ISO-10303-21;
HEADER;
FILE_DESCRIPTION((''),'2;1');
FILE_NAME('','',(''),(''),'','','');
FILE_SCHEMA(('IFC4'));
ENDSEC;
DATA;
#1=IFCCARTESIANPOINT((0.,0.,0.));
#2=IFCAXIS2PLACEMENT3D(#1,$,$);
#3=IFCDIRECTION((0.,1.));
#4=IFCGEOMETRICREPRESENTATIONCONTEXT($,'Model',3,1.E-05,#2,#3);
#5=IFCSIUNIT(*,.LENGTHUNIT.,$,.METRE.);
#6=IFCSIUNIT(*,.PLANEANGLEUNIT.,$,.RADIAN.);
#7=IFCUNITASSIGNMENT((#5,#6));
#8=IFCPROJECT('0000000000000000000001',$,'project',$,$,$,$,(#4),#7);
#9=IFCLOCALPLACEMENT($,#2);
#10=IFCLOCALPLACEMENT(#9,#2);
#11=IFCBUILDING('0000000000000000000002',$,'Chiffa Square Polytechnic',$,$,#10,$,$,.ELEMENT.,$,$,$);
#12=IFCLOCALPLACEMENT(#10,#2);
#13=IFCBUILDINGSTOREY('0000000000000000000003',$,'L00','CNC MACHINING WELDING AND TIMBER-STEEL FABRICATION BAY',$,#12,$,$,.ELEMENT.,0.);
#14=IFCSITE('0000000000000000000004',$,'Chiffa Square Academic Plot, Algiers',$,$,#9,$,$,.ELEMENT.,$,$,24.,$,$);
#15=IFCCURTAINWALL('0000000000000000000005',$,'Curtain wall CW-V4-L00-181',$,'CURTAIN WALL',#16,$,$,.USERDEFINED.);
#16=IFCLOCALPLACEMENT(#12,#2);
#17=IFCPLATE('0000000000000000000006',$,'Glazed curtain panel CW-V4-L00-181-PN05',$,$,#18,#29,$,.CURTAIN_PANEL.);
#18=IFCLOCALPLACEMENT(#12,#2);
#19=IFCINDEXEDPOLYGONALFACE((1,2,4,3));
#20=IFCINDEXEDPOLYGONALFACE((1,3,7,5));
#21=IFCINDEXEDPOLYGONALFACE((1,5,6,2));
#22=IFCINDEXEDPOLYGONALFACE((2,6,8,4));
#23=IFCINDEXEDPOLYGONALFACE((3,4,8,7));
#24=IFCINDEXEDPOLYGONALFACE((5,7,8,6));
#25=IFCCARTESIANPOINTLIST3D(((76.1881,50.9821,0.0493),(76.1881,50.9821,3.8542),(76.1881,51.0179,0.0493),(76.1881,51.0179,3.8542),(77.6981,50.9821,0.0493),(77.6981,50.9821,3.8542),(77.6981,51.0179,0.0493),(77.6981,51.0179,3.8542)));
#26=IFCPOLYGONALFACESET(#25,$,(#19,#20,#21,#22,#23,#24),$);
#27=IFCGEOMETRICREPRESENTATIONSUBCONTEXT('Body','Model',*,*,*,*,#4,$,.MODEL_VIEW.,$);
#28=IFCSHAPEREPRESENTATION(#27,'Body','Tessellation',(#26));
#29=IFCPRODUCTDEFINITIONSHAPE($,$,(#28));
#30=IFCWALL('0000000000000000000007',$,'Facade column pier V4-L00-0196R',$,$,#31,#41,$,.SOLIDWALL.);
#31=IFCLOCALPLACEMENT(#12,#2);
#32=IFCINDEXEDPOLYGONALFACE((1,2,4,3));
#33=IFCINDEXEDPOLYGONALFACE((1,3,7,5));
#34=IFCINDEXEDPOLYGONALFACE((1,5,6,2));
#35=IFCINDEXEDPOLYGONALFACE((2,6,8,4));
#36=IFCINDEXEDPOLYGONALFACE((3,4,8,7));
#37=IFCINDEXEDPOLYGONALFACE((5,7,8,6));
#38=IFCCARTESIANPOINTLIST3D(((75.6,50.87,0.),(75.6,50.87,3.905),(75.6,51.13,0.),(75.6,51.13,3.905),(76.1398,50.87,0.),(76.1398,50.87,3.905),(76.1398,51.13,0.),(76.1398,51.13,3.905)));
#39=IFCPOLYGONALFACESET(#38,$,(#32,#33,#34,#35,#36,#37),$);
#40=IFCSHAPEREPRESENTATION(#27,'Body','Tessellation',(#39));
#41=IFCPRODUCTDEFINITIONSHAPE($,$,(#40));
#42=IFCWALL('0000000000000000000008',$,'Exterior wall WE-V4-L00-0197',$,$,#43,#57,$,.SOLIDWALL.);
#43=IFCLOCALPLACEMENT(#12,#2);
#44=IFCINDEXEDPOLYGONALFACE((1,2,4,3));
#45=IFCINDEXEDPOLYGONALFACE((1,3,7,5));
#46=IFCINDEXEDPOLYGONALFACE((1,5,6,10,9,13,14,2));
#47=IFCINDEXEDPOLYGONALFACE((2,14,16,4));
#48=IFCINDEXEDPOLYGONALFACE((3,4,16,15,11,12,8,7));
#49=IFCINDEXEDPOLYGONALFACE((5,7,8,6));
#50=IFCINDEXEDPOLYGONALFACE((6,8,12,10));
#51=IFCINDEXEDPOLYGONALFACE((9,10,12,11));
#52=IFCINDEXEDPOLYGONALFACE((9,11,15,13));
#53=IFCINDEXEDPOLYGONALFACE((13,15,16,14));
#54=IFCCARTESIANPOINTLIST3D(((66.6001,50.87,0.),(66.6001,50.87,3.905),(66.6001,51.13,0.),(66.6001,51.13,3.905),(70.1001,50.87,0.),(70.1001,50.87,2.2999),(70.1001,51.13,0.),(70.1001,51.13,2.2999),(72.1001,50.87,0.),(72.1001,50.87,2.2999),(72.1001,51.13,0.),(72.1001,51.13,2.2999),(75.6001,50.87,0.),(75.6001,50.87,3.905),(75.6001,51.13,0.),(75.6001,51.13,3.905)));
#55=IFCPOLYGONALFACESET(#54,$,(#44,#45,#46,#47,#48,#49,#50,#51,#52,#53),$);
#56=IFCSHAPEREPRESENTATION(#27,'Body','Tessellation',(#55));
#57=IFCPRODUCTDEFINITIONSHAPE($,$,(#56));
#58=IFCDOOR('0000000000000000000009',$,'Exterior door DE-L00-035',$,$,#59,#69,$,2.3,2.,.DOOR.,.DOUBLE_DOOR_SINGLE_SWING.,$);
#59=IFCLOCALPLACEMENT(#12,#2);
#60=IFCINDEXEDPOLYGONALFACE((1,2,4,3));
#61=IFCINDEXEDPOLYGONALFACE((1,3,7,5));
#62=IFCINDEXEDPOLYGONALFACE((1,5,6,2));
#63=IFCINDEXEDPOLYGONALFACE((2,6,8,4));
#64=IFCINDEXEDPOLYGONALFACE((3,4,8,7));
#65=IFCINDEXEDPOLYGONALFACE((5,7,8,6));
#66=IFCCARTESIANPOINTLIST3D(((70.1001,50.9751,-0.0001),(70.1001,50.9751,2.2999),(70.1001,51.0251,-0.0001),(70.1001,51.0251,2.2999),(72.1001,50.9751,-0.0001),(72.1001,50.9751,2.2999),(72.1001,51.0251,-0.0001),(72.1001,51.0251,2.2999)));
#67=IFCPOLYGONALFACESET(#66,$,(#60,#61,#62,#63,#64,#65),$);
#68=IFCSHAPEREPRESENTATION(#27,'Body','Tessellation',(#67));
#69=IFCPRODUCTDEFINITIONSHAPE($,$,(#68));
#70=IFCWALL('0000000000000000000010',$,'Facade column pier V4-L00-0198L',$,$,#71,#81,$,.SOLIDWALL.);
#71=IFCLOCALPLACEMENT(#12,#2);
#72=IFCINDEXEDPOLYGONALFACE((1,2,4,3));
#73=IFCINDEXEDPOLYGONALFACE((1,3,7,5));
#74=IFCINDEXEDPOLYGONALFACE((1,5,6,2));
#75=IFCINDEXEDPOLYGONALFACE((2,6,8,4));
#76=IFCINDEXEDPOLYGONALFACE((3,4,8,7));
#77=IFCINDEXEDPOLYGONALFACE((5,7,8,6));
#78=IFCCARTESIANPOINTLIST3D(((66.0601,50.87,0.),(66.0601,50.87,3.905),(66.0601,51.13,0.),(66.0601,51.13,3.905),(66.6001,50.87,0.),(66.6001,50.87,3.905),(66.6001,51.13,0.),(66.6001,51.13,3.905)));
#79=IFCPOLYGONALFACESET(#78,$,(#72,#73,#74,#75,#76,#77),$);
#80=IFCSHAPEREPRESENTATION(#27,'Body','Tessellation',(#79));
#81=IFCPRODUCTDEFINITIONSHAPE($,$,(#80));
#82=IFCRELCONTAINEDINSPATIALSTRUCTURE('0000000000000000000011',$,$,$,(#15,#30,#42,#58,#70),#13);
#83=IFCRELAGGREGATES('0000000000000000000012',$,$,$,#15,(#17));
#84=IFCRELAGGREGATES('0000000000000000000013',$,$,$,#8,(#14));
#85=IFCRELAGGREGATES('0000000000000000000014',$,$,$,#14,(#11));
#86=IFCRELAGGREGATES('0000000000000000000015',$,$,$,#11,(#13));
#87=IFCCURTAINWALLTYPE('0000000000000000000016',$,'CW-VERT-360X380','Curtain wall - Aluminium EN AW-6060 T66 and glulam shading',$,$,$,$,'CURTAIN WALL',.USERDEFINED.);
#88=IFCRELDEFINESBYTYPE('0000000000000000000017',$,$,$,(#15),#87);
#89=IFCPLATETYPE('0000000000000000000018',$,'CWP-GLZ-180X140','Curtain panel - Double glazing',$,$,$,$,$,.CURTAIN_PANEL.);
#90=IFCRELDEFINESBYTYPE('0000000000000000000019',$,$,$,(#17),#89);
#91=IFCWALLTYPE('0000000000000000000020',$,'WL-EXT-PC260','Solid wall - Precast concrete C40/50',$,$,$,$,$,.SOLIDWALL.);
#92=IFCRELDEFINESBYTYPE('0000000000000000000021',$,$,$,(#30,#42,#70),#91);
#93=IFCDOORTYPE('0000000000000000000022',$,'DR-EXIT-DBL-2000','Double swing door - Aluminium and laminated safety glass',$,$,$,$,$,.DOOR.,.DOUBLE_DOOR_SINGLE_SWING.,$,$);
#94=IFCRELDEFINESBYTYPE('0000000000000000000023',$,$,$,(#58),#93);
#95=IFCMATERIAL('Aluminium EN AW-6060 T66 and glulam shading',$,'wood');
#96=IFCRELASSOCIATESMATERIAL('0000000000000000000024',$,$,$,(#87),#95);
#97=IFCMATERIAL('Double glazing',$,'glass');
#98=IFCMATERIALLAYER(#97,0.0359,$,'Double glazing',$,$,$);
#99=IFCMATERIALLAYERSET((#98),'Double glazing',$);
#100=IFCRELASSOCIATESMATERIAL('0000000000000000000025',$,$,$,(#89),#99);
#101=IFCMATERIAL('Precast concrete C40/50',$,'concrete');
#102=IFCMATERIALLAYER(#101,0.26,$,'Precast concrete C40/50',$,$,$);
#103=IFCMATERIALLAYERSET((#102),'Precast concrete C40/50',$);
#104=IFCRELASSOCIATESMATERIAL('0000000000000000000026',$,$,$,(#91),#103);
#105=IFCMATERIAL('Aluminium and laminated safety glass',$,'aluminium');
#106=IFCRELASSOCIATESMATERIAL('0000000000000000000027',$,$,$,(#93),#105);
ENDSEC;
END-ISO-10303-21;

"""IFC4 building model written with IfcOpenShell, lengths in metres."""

from ifc_helpers import new_model, si_unit, direction, frame, frame_2d, origin, origin_2d, place, context, subcontext, project, spatial, rectangle, extrude, material, layer, layer_set, type_object, element, fill, aggregate, save


model = new_model("IFC4")

# Units and contexts
model_context = context("Model", 3, precision=1e-05, world=origin(), true_north=direction((0.0, 1.0)))
body_context = subcontext(model_context, "Body", "Model", "MODEL_VIEW")
ifc_project = project(units=[si_unit("LENGTHUNIT", "METRE"), si_unit("PLANEANGLEUNIT", "RADIAN")], contexts=[model_context])

# Site, building, storey
site_placement = place(None, origin())
site = spatial("IfcSite", under=ifc_project, at=site_placement, Name="Chiffa Square Academic Plot, Algiers", CompositionType="ELEMENT", RefElevation=24.0)
building_placement = place(site_placement, origin())
building = spatial("IfcBuilding", under=site, at=building_placement, Name="Chiffa Square Polytechnic", CompositionType="ELEMENT")
storey_placement = place(building_placement, origin())
storey = spatial("IfcBuildingStorey", under=building, at=storey_placement, Name="L00", Description="CNC MACHINING WELDING AND TIMBER-STEEL FABRICATION BAY", CompositionType="ELEMENT", Elevation=0.0)

# Curtain wall
ifc_material_1 = material(Name="Aluminium EN AW-6060 T66 and glulam shading", Category="wood")
curtain_wall_type = type_object("IfcCurtainWallType", Name="CW-VERT-360X380", Description="Curtain wall - Aluminium EN AW-6060 T66 and glulam shading", ElementType="CURTAIN WALL", PredefinedType="USERDEFINED", material=ifc_material_1)
curtain_wall_placement = place(storey_placement, origin())
curtain_wall = element("IfcCurtainWall", 1, at=curtain_wall_placement, inside=storey, type_object=curtain_wall_type, Name="Curtain wall CW-V4-L00-181", ObjectType="CURTAIN WALL", PredefinedType="USERDEFINED")

# Plate
ifc_material_2 = material(Name="Double glazing", Category="glass")
ifc_layer_1 = layer(ifc_material_2, 0.0359, Name="Double glazing")
ifc_layer_set_1 = layer_set([ifc_layer_1], Name="Double glazing")
plate_type = type_object("IfcPlateType", Name="CWP-GLZ-180X140", Description="Curtain panel - Double glazing", PredefinedType="CURTAIN_PANEL", material=ifc_layer_set_1)
plate_1_placement = place(storey_placement, frame((76.9431, 51.0, 0.0493), z_axis=(0.0, 0.0, 1.0), x_axis=(-1.0, 0.0, 0.0)))
plate_1 = element("IfcPlate", 2, at=plate_1_placement, type_object=plate_type, Name="Glazed curtain panel CW-V4-L00-181-PN05", PredefinedType="CURTAIN_PANEL", context=body_context, shape_type="SweptSolid", body=[
    extrude(rectangle(XDim=1.51, YDim=0.0359, at=origin_2d()), origin(), (0.0, 0.0, 1.0), 3.8049),
])
aggregate(curtain_wall, [plate_1])

# Wall
ifc_material_3 = material(Name="Precast concrete C40/50", Category="concrete")
ifc_layer_2 = layer(ifc_material_3, 0.26, Name="Precast concrete C40/50")
ifc_layer_set_2 = layer_set([ifc_layer_2], Name="Precast concrete C40/50")
wall_type = type_object("IfcWallType", Name="WL-EXT-PC260", Description="Solid wall - Precast concrete C40/50", PredefinedType="SOLIDWALL", material=ifc_layer_set_2)
wall_1_placement = place(storey_placement, frame((76.1399, 51.0, 0.0), z_axis=(0.0, 0.0, 1.0), x_axis=(-1.0, 0.0, 0.0)))
element("IfcWall", 3, at=wall_1_placement, inside=storey, type_object=wall_type, Name="Facade column pier V4-L00-0196R", PredefinedType="SOLIDWALL", context=body_context, shape_type="SweptSolid", body=[
    extrude(rectangle(XDim=0.5398, YDim=0.26, at=frame_2d((0.27, 0.0))), origin(), (0.0, 0.0, 1.0), 3.905),
])

# Wall, opening, door
wall_2_placement = place(storey_placement, frame((75.6001, 51.0, 0.0), z_axis=(0.0, 0.0, 1.0), x_axis=(-1.0, 0.0, 0.0)))
wall_2 = element("IfcWall", 4, at=wall_2_placement, inside=storey, type_object=wall_type, Name="Exterior wall WE-V4-L00-0197", PredefinedType="SOLIDWALL", context=body_context, shape_type="SweptSolid", body=[
    extrude(rectangle(XDim=9.0, YDim=0.26, at=frame_2d((4.5, 0.0))), origin(), (0.0, 0.0, 1.0), 3.905),
])
opening_placement = place(wall_2_placement, frame((3.5, 0.0, 0.0)))
opening = element("IfcOpeningElement", 5, at=opening_placement, cuts=wall_2, PredefinedType="OPENING", context=body_context, shape_type="SweptSolid", body=[
    extrude(rectangle(XDim=2.0, YDim=2.3, at=frame_2d((1.0, 1.1499))), frame((0.0, 0.1401, 0.0), z_axis=(0.0, -1.0, 0.0), x_axis=(1.0, 0.0, 0.0)), (0.0, 0.0, 1.0), 0.28),
])
ifc_material_4 = material(Name="Aluminium and laminated safety glass", Category="aluminium")
door_type = type_object("IfcDoorType", Name="DR-EXIT-DBL-2000", Description="Double swing door - Aluminium and laminated safety glass", OperationType="DOUBLE_DOOR_SINGLE_SWING", PredefinedType="DOOR", material=ifc_material_4)
door_placement = place(opening_placement, origin())
door = element("IfcDoor", 6, at=door_placement, inside=storey, type_object=door_type, Name="Exterior door DE-L00-035", OperationType="DOUBLE_DOOR_SINGLE_SWING", OverallHeight=2.3, OverallWidth=2.0, PredefinedType="DOOR", context=body_context, shape_type="SweptSolid", body=[
    extrude(rectangle(XDim=2.0, YDim=2.3, at=frame_2d((1.0, 1.1499))), frame((0.0, 0.0249, 0.0), z_axis=(0.0, -1.0, 0.0), x_axis=(1.0, 0.0, 0.0)), (0.0, 0.0, 1.0), 0.05),
])
fill(opening, door)

# Wall
wall_3_placement = place(storey_placement, frame((66.6001, 51.0, 0.0), z_axis=(0.0, 0.0, 1.0), x_axis=(-1.0, 0.0, 0.0)))
element("IfcWall", 7, at=wall_3_placement, inside=storey, type_object=wall_type, Name="Facade column pier V4-L00-0198L", PredefinedType="SOLIDWALL", context=body_context, shape_type="SweptSolid", body=[
    extrude(rectangle(XDim=0.54, YDim=0.26, at=frame_2d((0.27, 0.0))), origin(), (0.0, 0.0, 1.0), 3.905),
])

save(model, "model.ifc")
